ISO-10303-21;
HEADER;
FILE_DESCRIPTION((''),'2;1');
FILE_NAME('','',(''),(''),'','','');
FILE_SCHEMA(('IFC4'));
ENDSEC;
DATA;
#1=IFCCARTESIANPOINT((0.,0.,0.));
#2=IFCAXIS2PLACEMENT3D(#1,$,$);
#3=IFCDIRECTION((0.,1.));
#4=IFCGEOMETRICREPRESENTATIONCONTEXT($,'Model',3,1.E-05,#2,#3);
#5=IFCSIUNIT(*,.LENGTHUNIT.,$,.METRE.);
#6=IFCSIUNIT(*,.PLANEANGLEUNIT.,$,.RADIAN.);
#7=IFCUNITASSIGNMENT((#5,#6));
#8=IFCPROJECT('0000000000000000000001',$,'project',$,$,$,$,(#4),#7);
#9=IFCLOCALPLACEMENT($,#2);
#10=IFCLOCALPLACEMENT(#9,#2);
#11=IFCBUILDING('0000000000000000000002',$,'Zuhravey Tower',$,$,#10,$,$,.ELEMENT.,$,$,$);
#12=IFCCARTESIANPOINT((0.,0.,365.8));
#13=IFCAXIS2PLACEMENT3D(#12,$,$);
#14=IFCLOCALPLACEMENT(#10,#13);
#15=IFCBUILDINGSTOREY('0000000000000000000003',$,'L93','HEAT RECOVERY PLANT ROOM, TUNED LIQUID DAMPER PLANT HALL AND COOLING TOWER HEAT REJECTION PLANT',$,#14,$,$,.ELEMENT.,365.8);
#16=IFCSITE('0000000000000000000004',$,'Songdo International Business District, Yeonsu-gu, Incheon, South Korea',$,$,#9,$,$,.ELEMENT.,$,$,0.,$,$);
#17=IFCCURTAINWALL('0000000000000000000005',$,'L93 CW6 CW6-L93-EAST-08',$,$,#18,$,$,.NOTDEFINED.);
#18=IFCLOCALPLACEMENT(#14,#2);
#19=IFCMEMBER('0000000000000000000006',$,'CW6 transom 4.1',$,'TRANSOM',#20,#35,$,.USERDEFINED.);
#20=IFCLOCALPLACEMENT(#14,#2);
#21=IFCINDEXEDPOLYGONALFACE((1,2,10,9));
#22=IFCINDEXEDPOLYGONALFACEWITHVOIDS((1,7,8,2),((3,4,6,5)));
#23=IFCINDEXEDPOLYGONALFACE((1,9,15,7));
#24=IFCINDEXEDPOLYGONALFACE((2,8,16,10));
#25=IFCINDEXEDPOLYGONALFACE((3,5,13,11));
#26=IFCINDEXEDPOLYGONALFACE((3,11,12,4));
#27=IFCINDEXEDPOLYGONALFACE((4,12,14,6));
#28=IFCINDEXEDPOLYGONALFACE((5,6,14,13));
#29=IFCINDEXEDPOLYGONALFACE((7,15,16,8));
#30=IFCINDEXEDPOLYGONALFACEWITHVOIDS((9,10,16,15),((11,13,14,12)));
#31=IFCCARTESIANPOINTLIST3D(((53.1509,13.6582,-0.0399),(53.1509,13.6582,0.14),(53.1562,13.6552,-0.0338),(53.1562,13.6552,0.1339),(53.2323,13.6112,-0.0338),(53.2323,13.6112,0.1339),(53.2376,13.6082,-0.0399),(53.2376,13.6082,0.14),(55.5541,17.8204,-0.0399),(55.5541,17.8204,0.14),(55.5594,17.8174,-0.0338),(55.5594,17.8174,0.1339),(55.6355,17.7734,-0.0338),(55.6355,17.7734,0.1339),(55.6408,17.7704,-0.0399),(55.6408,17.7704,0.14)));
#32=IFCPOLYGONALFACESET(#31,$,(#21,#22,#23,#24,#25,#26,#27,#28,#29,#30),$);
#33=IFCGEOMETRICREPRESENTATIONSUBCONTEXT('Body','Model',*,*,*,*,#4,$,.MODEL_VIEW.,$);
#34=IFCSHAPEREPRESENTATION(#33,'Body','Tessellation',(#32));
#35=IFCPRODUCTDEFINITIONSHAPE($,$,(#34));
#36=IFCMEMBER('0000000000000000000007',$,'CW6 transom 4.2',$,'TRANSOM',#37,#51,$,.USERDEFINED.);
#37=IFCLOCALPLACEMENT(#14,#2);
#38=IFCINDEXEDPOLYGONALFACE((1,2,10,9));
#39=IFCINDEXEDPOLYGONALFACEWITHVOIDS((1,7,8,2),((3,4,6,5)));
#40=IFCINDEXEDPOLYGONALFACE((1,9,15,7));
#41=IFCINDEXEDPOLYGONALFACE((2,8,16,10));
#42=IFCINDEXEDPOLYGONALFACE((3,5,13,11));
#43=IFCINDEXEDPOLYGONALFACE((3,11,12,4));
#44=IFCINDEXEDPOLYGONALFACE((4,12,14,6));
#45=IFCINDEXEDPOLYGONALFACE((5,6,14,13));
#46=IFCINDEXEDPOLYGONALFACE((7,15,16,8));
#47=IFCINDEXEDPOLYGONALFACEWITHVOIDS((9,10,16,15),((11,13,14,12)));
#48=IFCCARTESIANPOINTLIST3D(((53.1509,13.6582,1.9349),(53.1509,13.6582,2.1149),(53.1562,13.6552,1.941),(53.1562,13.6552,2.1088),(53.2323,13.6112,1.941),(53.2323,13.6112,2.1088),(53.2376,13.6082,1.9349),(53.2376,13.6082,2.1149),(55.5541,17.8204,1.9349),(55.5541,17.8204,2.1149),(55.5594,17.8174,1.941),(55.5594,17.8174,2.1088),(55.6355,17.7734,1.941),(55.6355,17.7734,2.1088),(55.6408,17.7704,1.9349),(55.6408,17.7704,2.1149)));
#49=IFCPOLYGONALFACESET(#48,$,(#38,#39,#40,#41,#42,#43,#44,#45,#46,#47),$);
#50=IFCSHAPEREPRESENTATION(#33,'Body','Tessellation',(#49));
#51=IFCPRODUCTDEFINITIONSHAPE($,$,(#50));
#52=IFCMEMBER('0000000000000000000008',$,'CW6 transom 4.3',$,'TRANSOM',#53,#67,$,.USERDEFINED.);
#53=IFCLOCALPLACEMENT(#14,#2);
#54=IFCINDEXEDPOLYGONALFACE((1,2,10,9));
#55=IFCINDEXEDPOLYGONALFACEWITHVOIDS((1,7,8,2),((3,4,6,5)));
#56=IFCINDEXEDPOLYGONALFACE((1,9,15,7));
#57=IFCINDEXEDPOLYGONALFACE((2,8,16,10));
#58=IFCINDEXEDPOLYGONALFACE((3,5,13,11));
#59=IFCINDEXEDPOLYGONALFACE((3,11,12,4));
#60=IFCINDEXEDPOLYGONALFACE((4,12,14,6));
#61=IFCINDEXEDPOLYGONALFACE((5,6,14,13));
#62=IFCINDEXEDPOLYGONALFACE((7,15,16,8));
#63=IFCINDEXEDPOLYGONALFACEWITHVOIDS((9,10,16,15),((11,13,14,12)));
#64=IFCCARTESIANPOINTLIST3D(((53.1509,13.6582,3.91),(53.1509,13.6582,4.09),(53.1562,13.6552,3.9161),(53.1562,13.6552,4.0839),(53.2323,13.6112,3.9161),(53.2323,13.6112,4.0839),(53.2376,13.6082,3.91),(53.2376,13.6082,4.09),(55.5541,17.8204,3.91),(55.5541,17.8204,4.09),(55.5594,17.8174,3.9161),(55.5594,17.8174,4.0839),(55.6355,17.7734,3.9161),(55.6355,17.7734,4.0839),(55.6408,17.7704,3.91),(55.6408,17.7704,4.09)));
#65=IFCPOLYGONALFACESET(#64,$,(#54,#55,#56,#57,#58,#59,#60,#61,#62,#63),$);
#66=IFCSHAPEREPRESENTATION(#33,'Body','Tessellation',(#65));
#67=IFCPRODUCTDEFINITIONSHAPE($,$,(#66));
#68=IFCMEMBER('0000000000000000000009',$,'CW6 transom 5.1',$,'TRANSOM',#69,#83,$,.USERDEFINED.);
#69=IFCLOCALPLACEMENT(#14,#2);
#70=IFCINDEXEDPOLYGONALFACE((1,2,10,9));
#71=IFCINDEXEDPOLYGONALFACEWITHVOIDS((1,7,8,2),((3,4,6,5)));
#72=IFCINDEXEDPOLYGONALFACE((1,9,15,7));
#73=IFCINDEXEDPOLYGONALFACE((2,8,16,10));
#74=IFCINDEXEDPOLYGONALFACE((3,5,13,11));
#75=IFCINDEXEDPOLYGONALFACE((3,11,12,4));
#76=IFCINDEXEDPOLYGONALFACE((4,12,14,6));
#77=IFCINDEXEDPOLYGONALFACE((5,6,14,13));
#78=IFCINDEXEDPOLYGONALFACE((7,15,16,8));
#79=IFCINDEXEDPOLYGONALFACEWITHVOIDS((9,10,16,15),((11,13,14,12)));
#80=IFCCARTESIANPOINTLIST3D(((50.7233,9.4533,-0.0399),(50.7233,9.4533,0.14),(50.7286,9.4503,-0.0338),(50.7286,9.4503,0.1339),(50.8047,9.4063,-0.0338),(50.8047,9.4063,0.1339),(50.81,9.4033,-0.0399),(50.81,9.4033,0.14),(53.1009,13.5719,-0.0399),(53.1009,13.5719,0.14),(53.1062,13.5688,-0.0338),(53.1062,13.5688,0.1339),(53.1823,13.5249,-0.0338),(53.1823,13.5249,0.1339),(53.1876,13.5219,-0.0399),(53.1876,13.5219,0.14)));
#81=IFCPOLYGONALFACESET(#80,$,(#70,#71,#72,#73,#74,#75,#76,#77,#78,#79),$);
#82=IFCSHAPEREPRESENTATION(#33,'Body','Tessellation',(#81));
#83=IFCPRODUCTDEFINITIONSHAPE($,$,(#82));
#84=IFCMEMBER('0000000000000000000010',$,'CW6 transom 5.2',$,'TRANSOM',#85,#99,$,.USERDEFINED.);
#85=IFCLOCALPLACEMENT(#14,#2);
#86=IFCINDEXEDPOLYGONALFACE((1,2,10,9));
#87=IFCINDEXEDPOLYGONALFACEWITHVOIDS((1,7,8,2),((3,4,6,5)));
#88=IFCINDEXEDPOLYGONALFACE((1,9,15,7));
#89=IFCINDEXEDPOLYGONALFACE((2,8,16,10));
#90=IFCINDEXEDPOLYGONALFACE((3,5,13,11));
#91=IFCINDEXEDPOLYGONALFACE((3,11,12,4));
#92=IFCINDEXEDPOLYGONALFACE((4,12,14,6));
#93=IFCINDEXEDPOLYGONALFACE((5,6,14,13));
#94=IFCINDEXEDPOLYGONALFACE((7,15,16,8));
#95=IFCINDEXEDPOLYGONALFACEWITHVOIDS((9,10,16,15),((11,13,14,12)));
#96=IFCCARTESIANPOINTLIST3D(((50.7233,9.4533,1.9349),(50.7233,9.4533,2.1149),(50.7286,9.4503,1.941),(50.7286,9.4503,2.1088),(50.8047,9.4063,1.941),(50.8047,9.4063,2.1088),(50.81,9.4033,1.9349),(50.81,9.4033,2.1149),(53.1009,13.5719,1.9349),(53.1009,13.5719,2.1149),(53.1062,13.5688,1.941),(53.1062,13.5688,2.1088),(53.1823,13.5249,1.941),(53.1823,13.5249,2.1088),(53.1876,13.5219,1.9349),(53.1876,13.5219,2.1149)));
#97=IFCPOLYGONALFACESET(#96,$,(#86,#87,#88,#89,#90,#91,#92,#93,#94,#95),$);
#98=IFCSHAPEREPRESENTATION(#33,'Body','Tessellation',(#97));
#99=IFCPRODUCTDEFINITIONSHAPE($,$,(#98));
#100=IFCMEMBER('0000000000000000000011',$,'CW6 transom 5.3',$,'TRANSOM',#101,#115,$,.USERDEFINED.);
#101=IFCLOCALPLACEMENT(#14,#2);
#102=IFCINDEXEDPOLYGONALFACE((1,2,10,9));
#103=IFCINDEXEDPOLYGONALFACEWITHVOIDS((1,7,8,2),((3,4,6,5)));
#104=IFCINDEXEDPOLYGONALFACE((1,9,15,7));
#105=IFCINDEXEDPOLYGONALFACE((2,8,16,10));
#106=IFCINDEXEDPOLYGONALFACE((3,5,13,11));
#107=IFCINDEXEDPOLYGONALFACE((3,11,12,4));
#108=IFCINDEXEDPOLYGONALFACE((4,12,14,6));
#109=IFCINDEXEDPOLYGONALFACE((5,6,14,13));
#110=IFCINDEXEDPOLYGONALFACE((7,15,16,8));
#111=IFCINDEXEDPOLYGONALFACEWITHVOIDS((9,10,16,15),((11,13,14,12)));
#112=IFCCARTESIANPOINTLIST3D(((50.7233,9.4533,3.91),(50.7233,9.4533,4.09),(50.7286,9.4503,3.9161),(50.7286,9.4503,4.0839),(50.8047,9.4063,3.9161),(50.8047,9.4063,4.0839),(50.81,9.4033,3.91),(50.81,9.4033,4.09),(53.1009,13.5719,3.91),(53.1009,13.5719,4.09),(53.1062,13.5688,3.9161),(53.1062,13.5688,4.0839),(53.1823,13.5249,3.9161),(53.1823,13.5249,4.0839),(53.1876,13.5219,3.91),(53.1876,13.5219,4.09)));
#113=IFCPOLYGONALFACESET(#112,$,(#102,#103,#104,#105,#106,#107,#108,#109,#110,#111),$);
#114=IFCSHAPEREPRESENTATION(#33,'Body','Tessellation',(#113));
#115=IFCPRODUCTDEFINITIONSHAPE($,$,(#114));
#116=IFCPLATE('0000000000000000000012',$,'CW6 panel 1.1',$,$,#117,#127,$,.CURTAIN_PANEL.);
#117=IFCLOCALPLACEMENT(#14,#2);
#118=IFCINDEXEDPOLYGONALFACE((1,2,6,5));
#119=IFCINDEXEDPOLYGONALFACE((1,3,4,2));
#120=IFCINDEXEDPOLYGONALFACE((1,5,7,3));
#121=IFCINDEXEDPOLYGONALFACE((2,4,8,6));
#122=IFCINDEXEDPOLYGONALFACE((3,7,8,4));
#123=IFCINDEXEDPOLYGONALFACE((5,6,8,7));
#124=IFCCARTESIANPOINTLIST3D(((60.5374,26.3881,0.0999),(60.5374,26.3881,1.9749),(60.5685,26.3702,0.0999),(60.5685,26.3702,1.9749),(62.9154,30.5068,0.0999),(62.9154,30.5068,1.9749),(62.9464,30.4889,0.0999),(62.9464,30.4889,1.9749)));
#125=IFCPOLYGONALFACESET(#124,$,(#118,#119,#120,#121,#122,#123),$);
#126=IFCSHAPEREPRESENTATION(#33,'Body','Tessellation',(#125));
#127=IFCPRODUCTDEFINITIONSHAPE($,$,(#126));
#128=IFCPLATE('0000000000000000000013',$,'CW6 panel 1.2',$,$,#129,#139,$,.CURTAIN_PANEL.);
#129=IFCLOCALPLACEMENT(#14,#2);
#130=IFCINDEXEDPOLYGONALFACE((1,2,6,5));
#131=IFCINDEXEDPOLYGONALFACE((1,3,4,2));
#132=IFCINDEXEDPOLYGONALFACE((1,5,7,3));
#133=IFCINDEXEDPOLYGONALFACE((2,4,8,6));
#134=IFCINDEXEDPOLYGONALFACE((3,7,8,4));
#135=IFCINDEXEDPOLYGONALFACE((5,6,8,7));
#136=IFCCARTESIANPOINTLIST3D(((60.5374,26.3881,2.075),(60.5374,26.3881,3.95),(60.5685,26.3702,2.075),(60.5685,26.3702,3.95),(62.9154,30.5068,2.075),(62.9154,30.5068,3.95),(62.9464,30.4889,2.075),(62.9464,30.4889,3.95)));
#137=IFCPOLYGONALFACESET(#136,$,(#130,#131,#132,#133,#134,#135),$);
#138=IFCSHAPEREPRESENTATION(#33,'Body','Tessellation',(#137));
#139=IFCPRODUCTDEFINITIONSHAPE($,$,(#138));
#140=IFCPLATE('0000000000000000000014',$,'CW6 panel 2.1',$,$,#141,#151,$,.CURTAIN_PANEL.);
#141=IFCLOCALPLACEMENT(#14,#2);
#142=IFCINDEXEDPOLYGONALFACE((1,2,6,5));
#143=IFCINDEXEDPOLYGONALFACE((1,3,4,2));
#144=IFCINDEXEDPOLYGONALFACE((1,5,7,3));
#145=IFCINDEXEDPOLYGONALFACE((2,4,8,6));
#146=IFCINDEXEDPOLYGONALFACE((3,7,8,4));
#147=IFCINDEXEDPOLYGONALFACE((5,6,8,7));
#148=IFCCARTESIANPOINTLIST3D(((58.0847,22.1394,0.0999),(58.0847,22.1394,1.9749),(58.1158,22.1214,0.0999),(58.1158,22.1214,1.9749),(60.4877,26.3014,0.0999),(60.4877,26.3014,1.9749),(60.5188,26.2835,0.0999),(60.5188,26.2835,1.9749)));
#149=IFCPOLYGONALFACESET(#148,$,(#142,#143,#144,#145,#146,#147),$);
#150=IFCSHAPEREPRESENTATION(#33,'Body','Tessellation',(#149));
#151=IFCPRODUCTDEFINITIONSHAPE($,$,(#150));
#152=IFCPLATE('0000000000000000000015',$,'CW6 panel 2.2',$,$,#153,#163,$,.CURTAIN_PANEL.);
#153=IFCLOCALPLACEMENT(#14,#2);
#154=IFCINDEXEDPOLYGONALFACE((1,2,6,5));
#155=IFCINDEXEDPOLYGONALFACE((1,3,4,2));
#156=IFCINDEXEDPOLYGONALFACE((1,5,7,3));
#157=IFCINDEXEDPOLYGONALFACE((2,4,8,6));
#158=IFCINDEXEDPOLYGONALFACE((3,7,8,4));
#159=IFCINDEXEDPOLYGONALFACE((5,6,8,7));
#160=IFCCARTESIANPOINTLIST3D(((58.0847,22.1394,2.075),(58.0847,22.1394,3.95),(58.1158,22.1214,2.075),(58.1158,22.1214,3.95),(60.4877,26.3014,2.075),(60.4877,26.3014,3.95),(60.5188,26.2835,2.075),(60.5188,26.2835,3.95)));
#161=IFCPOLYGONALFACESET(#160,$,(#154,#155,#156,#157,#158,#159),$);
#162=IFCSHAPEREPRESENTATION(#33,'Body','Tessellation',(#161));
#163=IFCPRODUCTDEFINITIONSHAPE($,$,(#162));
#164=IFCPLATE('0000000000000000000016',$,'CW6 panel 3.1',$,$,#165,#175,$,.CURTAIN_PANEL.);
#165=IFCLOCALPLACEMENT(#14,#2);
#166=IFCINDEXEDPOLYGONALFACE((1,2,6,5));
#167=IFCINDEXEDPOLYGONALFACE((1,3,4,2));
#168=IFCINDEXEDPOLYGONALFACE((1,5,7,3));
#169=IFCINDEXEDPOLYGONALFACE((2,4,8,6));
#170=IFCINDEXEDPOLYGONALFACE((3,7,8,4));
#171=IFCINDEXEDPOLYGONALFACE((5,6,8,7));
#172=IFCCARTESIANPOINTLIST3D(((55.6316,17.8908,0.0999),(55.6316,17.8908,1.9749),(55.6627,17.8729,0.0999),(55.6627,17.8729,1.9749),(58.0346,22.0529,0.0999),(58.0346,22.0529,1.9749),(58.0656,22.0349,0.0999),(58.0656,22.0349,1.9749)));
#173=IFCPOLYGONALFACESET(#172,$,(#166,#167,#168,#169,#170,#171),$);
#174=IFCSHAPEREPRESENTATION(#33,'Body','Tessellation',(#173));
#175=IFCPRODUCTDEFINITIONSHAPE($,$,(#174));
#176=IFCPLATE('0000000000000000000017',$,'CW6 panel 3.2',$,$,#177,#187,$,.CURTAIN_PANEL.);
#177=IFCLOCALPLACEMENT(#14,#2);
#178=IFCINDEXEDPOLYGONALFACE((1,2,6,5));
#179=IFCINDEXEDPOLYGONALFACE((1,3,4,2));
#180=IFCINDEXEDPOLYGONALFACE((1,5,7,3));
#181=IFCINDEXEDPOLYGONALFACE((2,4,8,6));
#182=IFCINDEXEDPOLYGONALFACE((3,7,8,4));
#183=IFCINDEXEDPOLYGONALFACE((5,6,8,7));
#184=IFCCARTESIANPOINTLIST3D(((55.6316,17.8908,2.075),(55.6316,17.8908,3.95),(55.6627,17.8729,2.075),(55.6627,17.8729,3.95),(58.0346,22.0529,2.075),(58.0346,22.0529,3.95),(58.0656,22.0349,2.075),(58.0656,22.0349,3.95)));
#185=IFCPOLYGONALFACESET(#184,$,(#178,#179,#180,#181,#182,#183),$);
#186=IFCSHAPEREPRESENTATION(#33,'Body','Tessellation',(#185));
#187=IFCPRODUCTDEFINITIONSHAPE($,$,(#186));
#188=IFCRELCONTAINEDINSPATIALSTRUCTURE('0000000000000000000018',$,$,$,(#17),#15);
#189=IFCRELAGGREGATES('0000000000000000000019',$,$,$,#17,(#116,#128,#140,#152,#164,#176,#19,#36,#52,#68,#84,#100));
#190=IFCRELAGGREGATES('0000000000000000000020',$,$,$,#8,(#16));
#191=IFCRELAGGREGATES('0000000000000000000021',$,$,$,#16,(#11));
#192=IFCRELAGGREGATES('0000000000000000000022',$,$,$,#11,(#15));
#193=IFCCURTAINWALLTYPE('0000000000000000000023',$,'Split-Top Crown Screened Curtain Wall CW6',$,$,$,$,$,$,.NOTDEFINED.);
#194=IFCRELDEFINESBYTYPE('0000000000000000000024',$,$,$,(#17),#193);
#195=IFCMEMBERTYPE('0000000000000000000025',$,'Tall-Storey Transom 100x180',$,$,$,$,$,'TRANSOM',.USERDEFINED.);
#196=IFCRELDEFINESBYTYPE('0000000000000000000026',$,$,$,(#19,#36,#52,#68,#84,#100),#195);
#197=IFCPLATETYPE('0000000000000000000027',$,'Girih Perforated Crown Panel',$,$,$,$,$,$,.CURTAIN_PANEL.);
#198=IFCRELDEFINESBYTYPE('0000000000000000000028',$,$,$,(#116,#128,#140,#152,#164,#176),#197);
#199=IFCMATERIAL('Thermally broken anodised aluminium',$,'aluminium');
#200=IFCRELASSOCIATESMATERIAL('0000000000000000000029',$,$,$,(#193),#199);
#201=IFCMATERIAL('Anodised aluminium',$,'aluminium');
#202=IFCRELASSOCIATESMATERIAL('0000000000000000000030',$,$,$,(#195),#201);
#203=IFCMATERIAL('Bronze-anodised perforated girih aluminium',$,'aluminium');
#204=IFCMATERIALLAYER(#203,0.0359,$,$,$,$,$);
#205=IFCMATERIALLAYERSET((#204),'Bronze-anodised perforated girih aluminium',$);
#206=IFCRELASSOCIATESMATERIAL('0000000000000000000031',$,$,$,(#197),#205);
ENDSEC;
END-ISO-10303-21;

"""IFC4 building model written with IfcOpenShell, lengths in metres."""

from ifc_helpers import new_model, si_unit, direction, frame, origin, origin_2d, place, context, subcontext, project, spatial, rectangle, hollow_rectangle, extrude, material, layer, layer_set, material_profile, profile_set, type_object, element, aggregate, save


model = new_model("IFC4")

# Units and contexts
model_context = context("Model", 3, precision=1e-05, world=origin(), true_north=direction((0.0, 1.0)))
body_context = subcontext(model_context, "Body", "Model", "MODEL_VIEW")
ifc_project = project(units=[si_unit("LENGTHUNIT", "METRE"), si_unit("PLANEANGLEUNIT", "RADIAN")], contexts=[model_context])

# Site, building, storey
site_placement = place(None, origin())
site = spatial("IfcSite", under=ifc_project, at=site_placement, Name="Songdo International Business District, Yeonsu-gu, Incheon, South Korea", CompositionType="ELEMENT", RefElevation=0.0)
building_placement = place(site_placement, origin())
building = spatial("IfcBuilding", under=site, at=building_placement, Name="Zuhravey Tower", CompositionType="ELEMENT")
storey_placement = place(building_placement, frame((0.0, 0.0, 365.8)))
storey = spatial("IfcBuildingStorey", under=building, at=storey_placement, Name="L93", Description="HEAT RECOVERY PLANT ROOM, TUNED LIQUID DAMPER PLANT HALL AND COOLING TOWER HEAT REJECTION PLANT", CompositionType="ELEMENT", Elevation=365.8)

# Curtain wall
ifc_material_1 = material(Name="Thermally broken anodised aluminium", Category="aluminium")
curtain_wall_type = type_object("IfcCurtainWallType", Name="Split-Top Crown Screened Curtain Wall CW6", PredefinedType="NOTDEFINED", material=ifc_material_1)
curtain_wall_placement = place(storey_placement, origin())
curtain_wall = element("IfcCurtainWall", 1, at=curtain_wall_placement, inside=storey, type_object=curtain_wall_type, Name="L93 CW6 CW6-L93-EAST-08", PredefinedType="NOTDEFINED")
ifc_material_2 = material(Name="Anodised aluminium", Category="aluminium")

# Members
ifc_material_profile_1 = material_profile(ifc_material_2, hollow_rectangle(XDim=0.1001, YDim=0.1799, WallThickness=0.0061, at=origin_2d()), Name="ALU-RHS-100x180x6")
ifc_profile_set_1 = profile_set([ifc_material_profile_1], Name="Anodised aluminium")
member_type_1 = type_object("IfcMemberType", Name="Tall-Storey Transom 100x180", ElementType="TRANSOM", PredefinedType="USERDEFINED", material=ifc_profile_set_1)
member_1_placement = place(storey_placement, frame((55.5974, 17.7954, 0.05), z_axis=(-0.500013, -0.866018, 0.0), x_axis=(0.866018, -0.500013, 0.0)))
member_1 = element("IfcMember", 2, at=member_1_placement, type_object=member_type_1, Name="CW6 transom 4.1", ObjectType="TRANSOM", PredefinedType="USERDEFINED", context=body_context, shape_type="SweptSolid", body=[
    extrude(hollow_rectangle(XDim=0.1001, YDim=0.1799, WallThickness=0.0061, at=origin_2d()), origin(), (0.0, 0.0, 1.0), 4.8062),
])
member_2_placement = place(storey_placement, frame((55.5974, 17.7954, 2.0249), z_axis=(-0.500013, -0.866018, 0.0), x_axis=(0.866018, -0.500013, 0.0)))
member_2 = element("IfcMember", 3, at=member_2_placement, type_object=member_type_1, Name="CW6 transom 4.2", ObjectType="TRANSOM", PredefinedType="USERDEFINED", context=body_context, shape_type="SweptSolid", body=[
    extrude(hollow_rectangle(XDim=0.1001, YDim=0.1799, WallThickness=0.0061, at=origin_2d()), origin(), (0.0, 0.0, 1.0), 4.8062),
])
member_3_placement = place(storey_placement, frame((55.5974, 17.7954, 4.0), z_axis=(-0.500013, -0.866018, 0.0), x_axis=(0.866018, -0.500013, 0.0)))
member_3 = element("IfcMember", 4, at=member_3_placement, type_object=member_type_1, Name="CW6 transom 4.3", ObjectType="TRANSOM", PredefinedType="USERDEFINED", context=body_context, shape_type="SweptSolid", body=[
    extrude(hollow_rectangle(XDim=0.1001, YDim=0.1799, WallThickness=0.0061, at=origin_2d()), origin(), (0.0, 0.0, 1.0), 4.8062),
])
member_4_placement = place(storey_placement, frame((53.1443, 13.5469, 0.05), z_axis=(-0.499965, -0.866045, 0.0), x_axis=(0.866045, -0.499965, 0.0)))
member_4 = element("IfcMember", 5, at=member_4_placement, type_object=member_type_1, Name="CW6 transom 5.1", ObjectType="TRANSOM", PredefinedType="USERDEFINED", context=body_context, shape_type="SweptSolid", body=[
    extrude(hollow_rectangle(XDim=0.1001, YDim=0.1799, WallThickness=0.0061, at=origin_2d()), origin(), (0.0, 0.0, 1.0), 4.7556),
])
member_5_placement = place(storey_placement, frame((53.1443, 13.5469, 2.0249), z_axis=(-0.499965, -0.866045, 0.0), x_axis=(0.866045, -0.499965, 0.0)))
member_5 = element("IfcMember", 6, at=member_5_placement, type_object=member_type_1, Name="CW6 transom 5.2", ObjectType="TRANSOM", PredefinedType="USERDEFINED", context=body_context, shape_type="SweptSolid", body=[
    extrude(hollow_rectangle(XDim=0.1001, YDim=0.1799, WallThickness=0.0061, at=origin_2d()), origin(), (0.0, 0.0, 1.0), 4.7556),
])
member_6_placement = place(storey_placement, frame((53.1443, 13.5469, 4.0), z_axis=(-0.499965, -0.866045, 0.0), x_axis=(0.866045, -0.499965, 0.0)))
member_6 = element("IfcMember", 7, at=member_6_placement, type_object=member_type_1, Name="CW6 transom 5.3", ObjectType="TRANSOM", PredefinedType="USERDEFINED", context=body_context, shape_type="SweptSolid", body=[
    extrude(hollow_rectangle(XDim=0.1001, YDim=0.1799, WallThickness=0.0061, at=origin_2d()), origin(), (0.0, 0.0, 1.0), 4.7556),
])

# Plates
ifc_material_3 = material(Name="Bronze-anodised perforated girih aluminium", Category="aluminium")
ifc_layer_1 = layer(ifc_material_3, 0.0359)
ifc_layer_set_1 = layer_set([ifc_layer_1], Name="Bronze-anodised perforated girih aluminium")
plate_type = type_object("IfcPlateType", Name="Girih Perforated Crown Panel", PredefinedType="CURTAIN_PANEL", material=ifc_layer_set_1)
plate_1_placement = place(storey_placement, frame((61.7419, 28.4385, 0.0999), z_axis=(0.0, 0.0, 1.0), x_axis=(-0.499997, -0.866027, 0.0)))
plate_1 = element("IfcPlate", 8, at=plate_1_placement, type_object=plate_type, Name="CW6 panel 1.1", PredefinedType="CURTAIN_PANEL", context=body_context, shape_type="SweptSolid", body=[
    extrude(rectangle(XDim=4.7559, YDim=0.0359, at=origin_2d()), origin(), (0.0, 0.0, 1.0), 1.875),
])
plate_2_placement = place(storey_placement, frame((61.7419, 28.4385, 2.075), z_axis=(0.0, 0.0, 1.0), x_axis=(-0.499997, -0.866027, 0.0)))
plate_2 = element("IfcPlate", 9, at=plate_2_placement, type_object=plate_type, Name="CW6 panel 1.2", PredefinedType="CURTAIN_PANEL", context=body_context, shape_type="SweptSolid", body=[
    extrude(rectangle(XDim=4.7559, YDim=0.0359, at=origin_2d()), origin(), (0.0, 0.0, 1.0), 1.875),
])
plate_3_placement = place(storey_placement, frame((59.3018, 24.2114, 0.0999), z_axis=(0.0, 0.0, 1.0), x_axis=(-0.499997, -0.866027, 0.0)))
plate_3 = element("IfcPlate", 10, at=plate_3_placement, type_object=plate_type, Name="CW6 panel 2.1", PredefinedType="CURTAIN_PANEL", context=body_context, shape_type="SweptSolid", body=[
    extrude(rectangle(XDim=4.8059, YDim=0.0359, at=origin_2d()), origin(), (0.0, 0.0, 1.0), 1.875),
])
plate_4_placement = place(storey_placement, frame((59.3018, 24.2114, 2.075), z_axis=(0.0, 0.0, 1.0), x_axis=(-0.499997, -0.866027, 0.0)))
plate_4 = element("IfcPlate", 11, at=plate_4_placement, type_object=plate_type, Name="CW6 panel 2.2", PredefinedType="CURTAIN_PANEL", context=body_context, shape_type="SweptSolid", body=[
    extrude(rectangle(XDim=4.8059, YDim=0.0359, at=origin_2d()), origin(), (0.0, 0.0, 1.0), 1.875),
])
plate_5_placement = place(storey_placement, frame((56.8486, 19.9629, 0.0999), z_axis=(0.0, 0.0, 1.0), x_axis=(-0.499997, -0.866027, 0.0)))
plate_5 = element("IfcPlate", 12, at=plate_5_placement, type_object=plate_type, Name="CW6 panel 3.1", PredefinedType="CURTAIN_PANEL", context=body_context, shape_type="SweptSolid", body=[
    extrude(rectangle(XDim=4.8059, YDim=0.0359, at=origin_2d()), origin(), (0.0, 0.0, 1.0), 1.875),
])
plate_6_placement = place(storey_placement, frame((56.8486, 19.9629, 2.075), z_axis=(0.0, 0.0, 1.0), x_axis=(-0.499997, -0.866027, 0.0)))
plate_6 = element("IfcPlate", 13, at=plate_6_placement, type_object=plate_type, Name="CW6 panel 3.2", PredefinedType="CURTAIN_PANEL", context=body_context, shape_type="SweptSolid", body=[
    extrude(rectangle(XDim=4.8059, YDim=0.0359, at=origin_2d()), origin(), (0.0, 0.0, 1.0), 1.875),
])
aggregate(curtain_wall, [plate_1, plate_2, plate_3, plate_4, plate_5, plate_6, member_1, member_2, member_3, member_4, member_5, member_6])

save(model, "model.ifc")
